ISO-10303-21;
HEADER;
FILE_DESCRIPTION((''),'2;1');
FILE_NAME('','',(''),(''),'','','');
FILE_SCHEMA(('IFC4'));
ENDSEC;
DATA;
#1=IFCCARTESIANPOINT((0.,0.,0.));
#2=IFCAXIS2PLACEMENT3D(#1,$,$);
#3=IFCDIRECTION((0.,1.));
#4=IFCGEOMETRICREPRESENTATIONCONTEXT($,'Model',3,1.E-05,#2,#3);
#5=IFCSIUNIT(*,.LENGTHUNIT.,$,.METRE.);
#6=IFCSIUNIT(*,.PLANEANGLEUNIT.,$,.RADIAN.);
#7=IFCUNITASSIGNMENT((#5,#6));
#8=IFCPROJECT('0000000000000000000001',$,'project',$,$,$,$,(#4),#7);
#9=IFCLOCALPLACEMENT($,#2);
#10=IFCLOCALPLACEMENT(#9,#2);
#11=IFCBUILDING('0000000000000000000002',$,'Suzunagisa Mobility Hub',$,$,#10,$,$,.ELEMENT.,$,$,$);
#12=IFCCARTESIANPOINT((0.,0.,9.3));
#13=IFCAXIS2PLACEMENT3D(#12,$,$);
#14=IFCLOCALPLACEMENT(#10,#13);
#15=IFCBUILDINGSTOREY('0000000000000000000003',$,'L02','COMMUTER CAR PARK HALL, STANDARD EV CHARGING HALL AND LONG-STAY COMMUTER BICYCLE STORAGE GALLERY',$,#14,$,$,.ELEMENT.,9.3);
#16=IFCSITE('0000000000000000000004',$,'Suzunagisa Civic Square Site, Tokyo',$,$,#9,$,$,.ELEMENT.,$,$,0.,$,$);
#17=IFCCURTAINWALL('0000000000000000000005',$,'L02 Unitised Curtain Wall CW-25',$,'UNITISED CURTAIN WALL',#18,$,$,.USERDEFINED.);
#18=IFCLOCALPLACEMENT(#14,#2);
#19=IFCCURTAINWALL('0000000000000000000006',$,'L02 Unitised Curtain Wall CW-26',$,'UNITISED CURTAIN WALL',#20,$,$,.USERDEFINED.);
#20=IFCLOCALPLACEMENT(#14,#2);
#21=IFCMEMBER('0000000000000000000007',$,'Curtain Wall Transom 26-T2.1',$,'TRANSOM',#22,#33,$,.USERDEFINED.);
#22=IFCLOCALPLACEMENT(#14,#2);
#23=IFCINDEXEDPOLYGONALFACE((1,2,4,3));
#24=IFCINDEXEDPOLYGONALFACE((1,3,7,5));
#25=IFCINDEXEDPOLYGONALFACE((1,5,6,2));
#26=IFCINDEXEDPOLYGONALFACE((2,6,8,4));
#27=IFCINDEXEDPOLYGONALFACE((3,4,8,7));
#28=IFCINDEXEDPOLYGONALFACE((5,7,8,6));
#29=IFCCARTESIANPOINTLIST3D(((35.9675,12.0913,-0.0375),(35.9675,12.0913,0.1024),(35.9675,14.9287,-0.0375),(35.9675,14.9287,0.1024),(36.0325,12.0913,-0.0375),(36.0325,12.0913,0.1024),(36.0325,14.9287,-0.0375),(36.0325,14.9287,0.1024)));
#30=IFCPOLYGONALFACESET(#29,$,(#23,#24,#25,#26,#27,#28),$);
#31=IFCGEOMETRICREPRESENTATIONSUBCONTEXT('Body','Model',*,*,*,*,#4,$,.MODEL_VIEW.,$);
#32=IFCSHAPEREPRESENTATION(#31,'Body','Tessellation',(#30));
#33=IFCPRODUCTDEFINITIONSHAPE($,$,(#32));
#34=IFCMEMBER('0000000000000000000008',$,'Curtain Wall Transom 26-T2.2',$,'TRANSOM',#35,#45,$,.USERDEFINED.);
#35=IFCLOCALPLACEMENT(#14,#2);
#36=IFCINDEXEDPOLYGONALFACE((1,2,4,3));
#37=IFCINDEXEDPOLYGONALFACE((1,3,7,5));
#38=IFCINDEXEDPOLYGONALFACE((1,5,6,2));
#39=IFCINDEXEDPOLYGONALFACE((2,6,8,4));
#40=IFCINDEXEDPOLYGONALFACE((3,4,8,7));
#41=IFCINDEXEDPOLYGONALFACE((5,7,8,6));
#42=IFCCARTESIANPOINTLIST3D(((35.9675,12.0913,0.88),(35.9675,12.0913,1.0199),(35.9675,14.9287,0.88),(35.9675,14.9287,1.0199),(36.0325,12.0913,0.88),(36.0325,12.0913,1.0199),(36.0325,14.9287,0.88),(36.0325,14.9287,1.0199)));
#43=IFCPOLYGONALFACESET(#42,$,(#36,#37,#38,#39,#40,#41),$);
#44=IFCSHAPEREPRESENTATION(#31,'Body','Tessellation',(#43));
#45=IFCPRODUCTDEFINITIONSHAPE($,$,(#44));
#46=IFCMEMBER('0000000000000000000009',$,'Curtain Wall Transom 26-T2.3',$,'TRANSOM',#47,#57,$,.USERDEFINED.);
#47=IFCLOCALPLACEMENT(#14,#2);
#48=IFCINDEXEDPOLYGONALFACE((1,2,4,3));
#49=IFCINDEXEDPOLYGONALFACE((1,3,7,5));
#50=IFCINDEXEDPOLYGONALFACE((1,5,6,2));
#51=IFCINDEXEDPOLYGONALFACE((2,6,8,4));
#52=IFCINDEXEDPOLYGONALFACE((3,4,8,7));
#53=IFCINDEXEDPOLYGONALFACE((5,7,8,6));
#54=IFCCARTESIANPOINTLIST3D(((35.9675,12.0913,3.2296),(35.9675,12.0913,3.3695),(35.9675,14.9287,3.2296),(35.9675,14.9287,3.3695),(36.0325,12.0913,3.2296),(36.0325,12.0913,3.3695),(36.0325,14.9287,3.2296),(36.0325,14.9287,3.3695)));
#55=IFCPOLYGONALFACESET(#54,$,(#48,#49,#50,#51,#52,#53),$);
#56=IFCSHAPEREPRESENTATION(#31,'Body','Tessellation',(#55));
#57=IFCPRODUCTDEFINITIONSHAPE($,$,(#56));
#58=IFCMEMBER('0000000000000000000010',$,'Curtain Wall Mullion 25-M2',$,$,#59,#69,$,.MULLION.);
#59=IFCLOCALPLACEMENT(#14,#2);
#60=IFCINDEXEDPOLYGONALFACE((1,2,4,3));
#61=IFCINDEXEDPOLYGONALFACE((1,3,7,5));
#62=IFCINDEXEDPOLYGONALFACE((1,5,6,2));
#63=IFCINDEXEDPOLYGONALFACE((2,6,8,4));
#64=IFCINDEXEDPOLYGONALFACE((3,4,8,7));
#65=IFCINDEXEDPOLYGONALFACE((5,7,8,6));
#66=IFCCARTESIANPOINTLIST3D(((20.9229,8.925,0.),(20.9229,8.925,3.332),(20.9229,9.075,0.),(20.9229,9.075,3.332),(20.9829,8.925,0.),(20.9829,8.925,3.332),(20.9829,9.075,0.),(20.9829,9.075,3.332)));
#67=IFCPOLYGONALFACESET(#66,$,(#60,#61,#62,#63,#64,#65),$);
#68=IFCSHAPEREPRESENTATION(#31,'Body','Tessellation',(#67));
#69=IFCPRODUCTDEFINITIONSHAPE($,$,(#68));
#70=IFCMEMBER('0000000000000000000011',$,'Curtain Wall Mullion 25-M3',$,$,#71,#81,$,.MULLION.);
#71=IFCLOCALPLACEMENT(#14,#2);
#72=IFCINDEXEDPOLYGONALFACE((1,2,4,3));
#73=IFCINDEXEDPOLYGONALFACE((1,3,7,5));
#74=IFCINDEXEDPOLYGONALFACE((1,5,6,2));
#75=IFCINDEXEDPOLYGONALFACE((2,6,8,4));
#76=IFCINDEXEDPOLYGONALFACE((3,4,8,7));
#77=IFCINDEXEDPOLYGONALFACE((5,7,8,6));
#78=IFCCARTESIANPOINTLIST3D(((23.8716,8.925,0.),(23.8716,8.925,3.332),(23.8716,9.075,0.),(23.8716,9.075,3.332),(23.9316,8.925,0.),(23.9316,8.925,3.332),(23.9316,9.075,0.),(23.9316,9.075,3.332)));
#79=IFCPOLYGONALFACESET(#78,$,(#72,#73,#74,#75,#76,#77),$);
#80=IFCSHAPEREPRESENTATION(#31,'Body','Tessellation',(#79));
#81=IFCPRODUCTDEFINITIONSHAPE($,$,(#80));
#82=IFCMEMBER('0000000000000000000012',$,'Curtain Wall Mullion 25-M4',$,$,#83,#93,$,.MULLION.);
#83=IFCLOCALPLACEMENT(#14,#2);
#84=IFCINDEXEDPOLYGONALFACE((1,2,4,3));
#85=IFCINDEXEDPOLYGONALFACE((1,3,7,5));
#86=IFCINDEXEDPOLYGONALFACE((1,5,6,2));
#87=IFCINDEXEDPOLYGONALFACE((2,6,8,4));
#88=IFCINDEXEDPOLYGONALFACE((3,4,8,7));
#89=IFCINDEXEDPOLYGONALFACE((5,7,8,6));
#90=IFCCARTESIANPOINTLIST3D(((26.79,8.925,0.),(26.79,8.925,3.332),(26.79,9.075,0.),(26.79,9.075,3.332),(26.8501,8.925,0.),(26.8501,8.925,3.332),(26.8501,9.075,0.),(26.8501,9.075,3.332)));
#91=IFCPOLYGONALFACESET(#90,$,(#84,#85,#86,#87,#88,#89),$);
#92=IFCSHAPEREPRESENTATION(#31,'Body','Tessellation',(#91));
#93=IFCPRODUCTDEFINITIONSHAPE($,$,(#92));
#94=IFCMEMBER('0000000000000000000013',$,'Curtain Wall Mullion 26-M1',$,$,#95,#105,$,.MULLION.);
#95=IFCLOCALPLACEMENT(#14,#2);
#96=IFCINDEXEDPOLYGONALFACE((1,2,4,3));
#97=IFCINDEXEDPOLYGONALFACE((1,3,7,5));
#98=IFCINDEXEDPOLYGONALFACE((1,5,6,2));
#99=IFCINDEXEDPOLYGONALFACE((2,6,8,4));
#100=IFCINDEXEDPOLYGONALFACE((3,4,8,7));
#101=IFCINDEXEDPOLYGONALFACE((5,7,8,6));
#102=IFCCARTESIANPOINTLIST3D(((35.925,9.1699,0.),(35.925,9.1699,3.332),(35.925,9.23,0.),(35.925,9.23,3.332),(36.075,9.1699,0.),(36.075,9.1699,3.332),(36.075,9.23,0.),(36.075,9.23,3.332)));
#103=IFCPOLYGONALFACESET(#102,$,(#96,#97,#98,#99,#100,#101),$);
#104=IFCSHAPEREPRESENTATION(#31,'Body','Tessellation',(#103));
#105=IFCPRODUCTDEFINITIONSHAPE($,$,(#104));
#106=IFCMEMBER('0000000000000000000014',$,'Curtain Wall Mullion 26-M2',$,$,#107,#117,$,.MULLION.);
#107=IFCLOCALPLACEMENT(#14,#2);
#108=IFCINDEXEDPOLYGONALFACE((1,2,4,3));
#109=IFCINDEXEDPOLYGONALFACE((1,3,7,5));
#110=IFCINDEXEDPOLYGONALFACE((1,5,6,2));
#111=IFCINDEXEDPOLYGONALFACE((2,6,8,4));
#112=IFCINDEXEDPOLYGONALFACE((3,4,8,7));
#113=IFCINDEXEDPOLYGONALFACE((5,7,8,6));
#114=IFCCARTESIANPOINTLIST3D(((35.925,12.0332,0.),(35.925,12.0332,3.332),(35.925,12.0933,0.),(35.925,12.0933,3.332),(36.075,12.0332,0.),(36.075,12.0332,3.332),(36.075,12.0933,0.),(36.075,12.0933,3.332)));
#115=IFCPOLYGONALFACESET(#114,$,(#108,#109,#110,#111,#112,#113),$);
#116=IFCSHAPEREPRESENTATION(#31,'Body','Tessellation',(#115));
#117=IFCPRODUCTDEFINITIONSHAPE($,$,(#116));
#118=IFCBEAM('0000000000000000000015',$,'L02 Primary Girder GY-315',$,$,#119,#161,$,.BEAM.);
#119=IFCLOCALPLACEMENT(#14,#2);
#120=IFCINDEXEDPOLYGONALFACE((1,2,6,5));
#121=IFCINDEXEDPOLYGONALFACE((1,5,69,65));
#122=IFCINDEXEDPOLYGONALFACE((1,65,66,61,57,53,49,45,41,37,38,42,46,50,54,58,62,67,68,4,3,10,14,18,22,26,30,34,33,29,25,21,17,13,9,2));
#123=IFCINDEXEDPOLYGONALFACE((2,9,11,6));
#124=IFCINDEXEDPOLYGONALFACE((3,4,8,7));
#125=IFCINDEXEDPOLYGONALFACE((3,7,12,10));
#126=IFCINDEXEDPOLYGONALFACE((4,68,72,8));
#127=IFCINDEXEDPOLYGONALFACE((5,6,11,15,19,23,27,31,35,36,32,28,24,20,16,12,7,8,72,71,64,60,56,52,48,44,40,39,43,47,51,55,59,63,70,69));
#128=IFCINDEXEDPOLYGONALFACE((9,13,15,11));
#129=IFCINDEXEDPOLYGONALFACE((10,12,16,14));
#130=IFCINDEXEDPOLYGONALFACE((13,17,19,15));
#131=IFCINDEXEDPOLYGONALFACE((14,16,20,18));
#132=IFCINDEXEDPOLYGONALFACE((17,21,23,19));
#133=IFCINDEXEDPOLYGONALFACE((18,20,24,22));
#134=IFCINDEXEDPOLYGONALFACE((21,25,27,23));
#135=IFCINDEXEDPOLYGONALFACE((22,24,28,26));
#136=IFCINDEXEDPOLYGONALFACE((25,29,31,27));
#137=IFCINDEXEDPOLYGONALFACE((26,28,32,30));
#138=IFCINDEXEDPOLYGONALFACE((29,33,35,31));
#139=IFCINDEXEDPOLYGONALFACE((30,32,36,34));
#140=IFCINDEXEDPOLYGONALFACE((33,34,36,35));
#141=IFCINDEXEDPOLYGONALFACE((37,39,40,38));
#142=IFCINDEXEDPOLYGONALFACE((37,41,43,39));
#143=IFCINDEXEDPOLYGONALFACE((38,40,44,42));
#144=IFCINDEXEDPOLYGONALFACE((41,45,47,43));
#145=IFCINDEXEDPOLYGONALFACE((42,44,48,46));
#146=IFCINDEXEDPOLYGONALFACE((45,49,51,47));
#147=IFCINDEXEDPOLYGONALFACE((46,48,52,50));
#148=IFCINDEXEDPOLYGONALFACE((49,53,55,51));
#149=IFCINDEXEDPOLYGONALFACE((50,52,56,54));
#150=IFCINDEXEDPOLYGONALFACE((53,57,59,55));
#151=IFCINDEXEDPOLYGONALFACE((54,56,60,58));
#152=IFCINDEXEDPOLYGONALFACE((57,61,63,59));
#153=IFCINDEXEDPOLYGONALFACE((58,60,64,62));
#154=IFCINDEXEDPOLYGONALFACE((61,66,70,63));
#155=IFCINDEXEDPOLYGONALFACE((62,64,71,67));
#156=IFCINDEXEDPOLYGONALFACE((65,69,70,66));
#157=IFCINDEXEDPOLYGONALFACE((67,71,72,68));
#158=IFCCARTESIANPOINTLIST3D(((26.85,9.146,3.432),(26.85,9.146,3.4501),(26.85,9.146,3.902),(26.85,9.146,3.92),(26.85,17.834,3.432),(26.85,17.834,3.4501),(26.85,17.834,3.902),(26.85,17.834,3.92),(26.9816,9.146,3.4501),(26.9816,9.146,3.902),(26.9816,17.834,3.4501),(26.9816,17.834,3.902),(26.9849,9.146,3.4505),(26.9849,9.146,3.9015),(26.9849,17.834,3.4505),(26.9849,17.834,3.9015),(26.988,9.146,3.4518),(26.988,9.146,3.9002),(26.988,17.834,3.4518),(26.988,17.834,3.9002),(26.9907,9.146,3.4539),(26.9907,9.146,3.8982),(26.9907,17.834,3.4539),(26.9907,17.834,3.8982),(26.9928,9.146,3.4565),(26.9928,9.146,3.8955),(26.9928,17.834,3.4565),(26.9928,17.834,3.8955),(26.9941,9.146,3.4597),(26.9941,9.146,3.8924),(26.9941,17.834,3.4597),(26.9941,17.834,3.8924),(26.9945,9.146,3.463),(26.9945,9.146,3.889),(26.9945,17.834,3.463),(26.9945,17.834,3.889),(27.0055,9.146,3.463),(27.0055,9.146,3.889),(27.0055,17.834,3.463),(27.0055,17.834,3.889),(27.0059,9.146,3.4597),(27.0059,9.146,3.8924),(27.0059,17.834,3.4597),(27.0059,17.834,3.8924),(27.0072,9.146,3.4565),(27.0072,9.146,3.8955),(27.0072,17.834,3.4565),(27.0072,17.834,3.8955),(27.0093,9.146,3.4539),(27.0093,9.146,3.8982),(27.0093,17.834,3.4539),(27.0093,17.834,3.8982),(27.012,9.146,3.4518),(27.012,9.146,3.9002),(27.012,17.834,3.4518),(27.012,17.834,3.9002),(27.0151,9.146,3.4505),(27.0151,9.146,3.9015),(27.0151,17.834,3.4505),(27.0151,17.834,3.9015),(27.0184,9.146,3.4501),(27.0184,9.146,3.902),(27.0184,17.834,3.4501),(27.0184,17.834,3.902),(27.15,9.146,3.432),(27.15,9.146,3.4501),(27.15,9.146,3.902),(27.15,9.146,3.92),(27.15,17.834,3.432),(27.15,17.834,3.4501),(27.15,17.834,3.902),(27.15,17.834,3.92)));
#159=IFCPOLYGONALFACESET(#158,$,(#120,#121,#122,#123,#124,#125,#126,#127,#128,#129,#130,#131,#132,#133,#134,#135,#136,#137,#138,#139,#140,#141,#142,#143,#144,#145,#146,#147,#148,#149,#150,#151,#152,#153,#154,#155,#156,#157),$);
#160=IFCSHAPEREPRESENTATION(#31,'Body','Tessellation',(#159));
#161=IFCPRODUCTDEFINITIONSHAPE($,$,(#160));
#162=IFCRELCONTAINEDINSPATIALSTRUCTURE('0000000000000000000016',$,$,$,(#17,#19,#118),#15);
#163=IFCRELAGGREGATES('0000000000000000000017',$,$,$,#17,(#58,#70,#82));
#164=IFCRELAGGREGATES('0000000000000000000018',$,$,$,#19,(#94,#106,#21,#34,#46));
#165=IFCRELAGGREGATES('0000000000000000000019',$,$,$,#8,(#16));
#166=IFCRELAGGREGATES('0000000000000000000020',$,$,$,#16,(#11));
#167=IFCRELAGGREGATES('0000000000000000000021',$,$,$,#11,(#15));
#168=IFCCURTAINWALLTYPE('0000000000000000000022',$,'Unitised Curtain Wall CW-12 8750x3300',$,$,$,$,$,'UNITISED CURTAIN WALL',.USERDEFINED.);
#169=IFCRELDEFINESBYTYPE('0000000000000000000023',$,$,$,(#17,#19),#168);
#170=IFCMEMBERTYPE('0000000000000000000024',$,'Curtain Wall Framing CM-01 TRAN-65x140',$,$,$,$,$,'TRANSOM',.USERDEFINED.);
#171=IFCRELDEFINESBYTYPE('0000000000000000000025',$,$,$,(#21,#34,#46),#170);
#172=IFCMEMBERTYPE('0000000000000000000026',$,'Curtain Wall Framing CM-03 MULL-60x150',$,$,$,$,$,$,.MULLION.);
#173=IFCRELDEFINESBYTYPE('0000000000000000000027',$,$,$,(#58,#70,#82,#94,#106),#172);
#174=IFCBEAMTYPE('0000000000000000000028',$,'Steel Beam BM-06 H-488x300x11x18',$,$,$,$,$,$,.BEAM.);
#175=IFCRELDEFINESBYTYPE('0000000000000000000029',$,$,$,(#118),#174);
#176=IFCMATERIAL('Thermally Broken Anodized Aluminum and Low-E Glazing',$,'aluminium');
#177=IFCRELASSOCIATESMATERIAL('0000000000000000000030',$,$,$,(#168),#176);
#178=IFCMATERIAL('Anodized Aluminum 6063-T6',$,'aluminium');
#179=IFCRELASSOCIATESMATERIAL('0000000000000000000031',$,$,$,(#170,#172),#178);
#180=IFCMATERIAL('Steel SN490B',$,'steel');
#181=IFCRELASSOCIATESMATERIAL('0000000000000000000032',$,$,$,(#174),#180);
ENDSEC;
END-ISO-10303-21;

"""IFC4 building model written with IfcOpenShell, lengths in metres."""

from ifc_helpers import new_model, si_unit, direction, frame, origin, origin_2d, place, context, subcontext, project, spatial, rectangle, i_section, extrude, material, material_profile, profile_set, type_object, element, aggregate, save


model = new_model("IFC4")

# Units and contexts
model_context = context("Model", 3, precision=1e-05, world=origin(), true_north=direction((0.0, 1.0)))
body_context = subcontext(model_context, "Body", "Model", "MODEL_VIEW")
ifc_project = project(units=[si_unit("LENGTHUNIT", "METRE"), si_unit("PLANEANGLEUNIT", "RADIAN")], contexts=[model_context])

# Site, building, storey
site_placement = place(None, origin())
site = spatial("IfcSite", under=ifc_project, at=site_placement, Name="Suzunagisa Civic Square Site, Tokyo", CompositionType="ELEMENT", RefElevation=0.0)
building_placement = place(site_placement, origin())
building = spatial("IfcBuilding", under=site, at=building_placement, Name="Suzunagisa Mobility Hub", CompositionType="ELEMENT")
storey_placement = place(building_placement, frame((0.0, 0.0, 9.3)))
storey = spatial("IfcBuildingStorey", under=building, at=storey_placement, Name="L02", Description="COMMUTER CAR PARK HALL, STANDARD EV CHARGING HALL AND LONG-STAY COMMUTER BICYCLE STORAGE GALLERY", CompositionType="ELEMENT", Elevation=9.3)

# Shared definitions
ifc_material_1 = material(Name="Steel SN490B", Category="steel")

# Curtain walls, members
ifc_material_2 = material(Name="Thermally Broken Anodized Aluminum and Low-E Glazing", Category="aluminium")
curtain_wall_type = type_object("IfcCurtainWallType", Name="Unitised Curtain Wall CW-12 8750x3300", ElementType="UNITISED CURTAIN WALL", PredefinedType="USERDEFINED", material=ifc_material_2)
curtain_wall_1_placement = place(storey_placement, origin())
curtain_wall_1 = element("IfcCurtainWall", 1, at=curtain_wall_1_placement, inside=storey, type_object=curtain_wall_type, Name="L02 Unitised Curtain Wall CW-25", ObjectType="UNITISED CURTAIN WALL", PredefinedType="USERDEFINED")
ifc_material_3 = material(Name="Anodized Aluminum 6063-T6", Category="aluminium")
ifc_material_profile_1 = material_profile(ifc_material_3, rectangle(XDim=0.0649, YDim=0.1399, at=origin_2d()), Name="TRAN-65x140")
ifc_profile_set_1 = profile_set([ifc_material_profile_1], Name="Anodized Aluminum 6063-T6")
member_type_1 = type_object("IfcMemberType", Name="Curtain Wall Framing CM-01 TRAN-65x140", ElementType="TRANSOM", PredefinedType="USERDEFINED", material=ifc_profile_set_1)
curtain_wall_2_placement = place(storey_placement, origin())
curtain_wall_2 = element("IfcCurtainWall", 2, at=curtain_wall_2_placement, inside=storey, type_object=curtain_wall_type, Name="L02 Unitised Curtain Wall CW-26", ObjectType="UNITISED CURTAIN WALL", PredefinedType="USERDEFINED")
member_1_placement = place(storey_placement, frame((36.0, 12.0913, 0.0325), z_axis=(0.0, 1.0, 0.0), x_axis=(-1.0, 0.0, 0.0)))
member_1 = element("IfcMember", 3, at=member_1_placement, type_object=member_type_1, Name="Curtain Wall Transom 26-T2.1", ObjectType="TRANSOM", PredefinedType="USERDEFINED", context=body_context, shape_type="SweptSolid", body=[
    extrude(rectangle(XDim=0.0649, YDim=0.1399, at=origin_2d()), origin(), (0.0, 0.0, 1.0), 2.8374),
])
member_2_placement = place(storey_placement, frame((36.0, 12.0913, 0.95), z_axis=(0.0, 1.0, 0.0), x_axis=(-1.0, 0.0, 0.0)))
member_2 = element("IfcMember", 4, at=member_2_placement, type_object=member_type_1, Name="Curtain Wall Transom 26-T2.2", ObjectType="TRANSOM", PredefinedType="USERDEFINED", context=body_context, shape_type="SweptSolid", body=[
    extrude(rectangle(XDim=0.0649, YDim=0.1399, at=origin_2d()), origin(), (0.0, 0.0, 1.0), 2.8374),
])
member_3_placement = place(storey_placement, frame((36.0, 12.0913, 3.2996), z_axis=(0.0, 1.0, 0.0), x_axis=(-1.0, 0.0, 0.0)))
member_3 = element("IfcMember", 5, at=member_3_placement, type_object=member_type_1, Name="Curtain Wall Transom 26-T2.3", ObjectType="TRANSOM", PredefinedType="USERDEFINED", context=body_context, shape_type="SweptSolid", body=[
    extrude(rectangle(XDim=0.0649, YDim=0.1399, at=origin_2d()), origin(), (0.0, 0.0, 1.0), 2.8374),
])

# Members
ifc_material_profile_2 = material_profile(ifc_material_3, rectangle(XDim=0.0601, YDim=0.1499, at=origin_2d()), Name="MULL-60x150")
ifc_profile_set_2 = profile_set([ifc_material_profile_2], Name="Anodized Aluminum 6063-T6")
member_type_2 = type_object("IfcMemberType", Name="Curtain Wall Framing CM-03 MULL-60x150", PredefinedType="MULLION", material=ifc_profile_set_2)
member_4_placement = place(storey_placement, frame((20.9529, 9.0, 0.0), z_axis=(0.0, 0.0, 1.0), x_axis=(1.0, 0.0, 0.0)))
member_4 = element("IfcMember", 6, at=member_4_placement, type_object=member_type_2, Name="Curtain Wall Mullion 25-M2", PredefinedType="MULLION", context=body_context, shape_type="SweptSolid", body=[
    extrude(rectangle(XDim=0.0601, YDim=0.1499, at=origin_2d()), origin(), (0.0, 0.0, 1.0), 3.332),
])
member_5_placement = place(storey_placement, frame((23.9016, 9.0, 0.0), z_axis=(0.0, 0.0, 1.0), x_axis=(1.0, 0.0, 0.0)))
member_5 = element("IfcMember", 7, at=member_5_placement, type_object=member_type_2, Name="Curtain Wall Mullion 25-M3", PredefinedType="MULLION", context=body_context, shape_type="SweptSolid", body=[
    extrude(rectangle(XDim=0.0601, YDim=0.1499, at=origin_2d()), origin(), (0.0, 0.0, 1.0), 3.332),
])
member_6_placement = place(storey_placement, frame((26.8201, 9.0, 0.0), z_axis=(0.0, 0.0, 1.0), x_axis=(1.0, 0.0, 0.0)))
member_6 = element("IfcMember", 8, at=member_6_placement, type_object=member_type_2, Name="Curtain Wall Mullion 25-M4", PredefinedType="MULLION", context=body_context, shape_type="SweptSolid", body=[
    extrude(rectangle(XDim=0.0601, YDim=0.1499, at=origin_2d()), origin(), (0.0, 0.0, 1.0), 3.332),
])
member_7_placement = place(storey_placement, frame((36.0, 9.2, 0.0), z_axis=(0.0, 0.0, 1.0), x_axis=(0.0, 1.0, 0.0)))
member_7 = element("IfcMember", 9, at=member_7_placement, type_object=member_type_2, Name="Curtain Wall Mullion 26-M1", PredefinedType="MULLION", context=body_context, shape_type="SweptSolid", body=[
    extrude(rectangle(XDim=0.0601, YDim=0.1499, at=origin_2d()), origin(), (0.0, 0.0, 1.0), 3.332),
])
member_8_placement = place(storey_placement, frame((36.0, 12.0632, 0.0), z_axis=(0.0, 0.0, 1.0), x_axis=(0.0, 1.0, 0.0)))
member_8 = element("IfcMember", 10, at=member_8_placement, type_object=member_type_2, Name="Curtain Wall Mullion 26-M2", PredefinedType="MULLION", context=body_context, shape_type="SweptSolid", body=[
    extrude(rectangle(XDim=0.0601, YDim=0.1499, at=origin_2d()), origin(), (0.0, 0.0, 1.0), 3.332),
])

# Beam
ifc_material_profile_3 = material_profile(ifc_material_1, i_section(OverallWidth=0.3, OverallDepth=0.488, WebThickness=0.011, FlangeThickness=0.0181, FilletRadius=0.0129, at=origin_2d()), Name="H-488x300x11x18")
ifc_profile_set_3 = profile_set([ifc_material_profile_3], Name="Steel SN490B")
beam_type_1 = type_object("IfcBeamType", Name="Steel Beam BM-06 H-488x300x11x18", PredefinedType="BEAM", material=ifc_profile_set_3)
for number, where, z_axis, x_axis, name in (
    (11, (27.0, 9.146, 3.676), (0.0, 1.0, 0.0), (-1.0, 0.0, 0.0), "L02 Primary Girder GY-315"),
):
    element("IfcBeam", number, at=place(storey_placement, frame(where, z_axis=z_axis, x_axis=x_axis)), inside=storey, type_object=beam_type_1, Name=name, PredefinedType="BEAM", context=body_context, shape_type="SweptSolid", body=[
        extrude(i_section(OverallWidth=0.3, OverallDepth=0.488, WebThickness=0.011, FlangeThickness=0.0181, FilletRadius=0.0129, at=origin_2d()), origin(), (0.0, 0.0, 1.0), 8.688),
    ])

aggregate(curtain_wall_1, [member_4, member_5, member_6])
aggregate(curtain_wall_2, [member_7, member_8, member_1, member_2, member_3])

save(model, "model.ifc")
